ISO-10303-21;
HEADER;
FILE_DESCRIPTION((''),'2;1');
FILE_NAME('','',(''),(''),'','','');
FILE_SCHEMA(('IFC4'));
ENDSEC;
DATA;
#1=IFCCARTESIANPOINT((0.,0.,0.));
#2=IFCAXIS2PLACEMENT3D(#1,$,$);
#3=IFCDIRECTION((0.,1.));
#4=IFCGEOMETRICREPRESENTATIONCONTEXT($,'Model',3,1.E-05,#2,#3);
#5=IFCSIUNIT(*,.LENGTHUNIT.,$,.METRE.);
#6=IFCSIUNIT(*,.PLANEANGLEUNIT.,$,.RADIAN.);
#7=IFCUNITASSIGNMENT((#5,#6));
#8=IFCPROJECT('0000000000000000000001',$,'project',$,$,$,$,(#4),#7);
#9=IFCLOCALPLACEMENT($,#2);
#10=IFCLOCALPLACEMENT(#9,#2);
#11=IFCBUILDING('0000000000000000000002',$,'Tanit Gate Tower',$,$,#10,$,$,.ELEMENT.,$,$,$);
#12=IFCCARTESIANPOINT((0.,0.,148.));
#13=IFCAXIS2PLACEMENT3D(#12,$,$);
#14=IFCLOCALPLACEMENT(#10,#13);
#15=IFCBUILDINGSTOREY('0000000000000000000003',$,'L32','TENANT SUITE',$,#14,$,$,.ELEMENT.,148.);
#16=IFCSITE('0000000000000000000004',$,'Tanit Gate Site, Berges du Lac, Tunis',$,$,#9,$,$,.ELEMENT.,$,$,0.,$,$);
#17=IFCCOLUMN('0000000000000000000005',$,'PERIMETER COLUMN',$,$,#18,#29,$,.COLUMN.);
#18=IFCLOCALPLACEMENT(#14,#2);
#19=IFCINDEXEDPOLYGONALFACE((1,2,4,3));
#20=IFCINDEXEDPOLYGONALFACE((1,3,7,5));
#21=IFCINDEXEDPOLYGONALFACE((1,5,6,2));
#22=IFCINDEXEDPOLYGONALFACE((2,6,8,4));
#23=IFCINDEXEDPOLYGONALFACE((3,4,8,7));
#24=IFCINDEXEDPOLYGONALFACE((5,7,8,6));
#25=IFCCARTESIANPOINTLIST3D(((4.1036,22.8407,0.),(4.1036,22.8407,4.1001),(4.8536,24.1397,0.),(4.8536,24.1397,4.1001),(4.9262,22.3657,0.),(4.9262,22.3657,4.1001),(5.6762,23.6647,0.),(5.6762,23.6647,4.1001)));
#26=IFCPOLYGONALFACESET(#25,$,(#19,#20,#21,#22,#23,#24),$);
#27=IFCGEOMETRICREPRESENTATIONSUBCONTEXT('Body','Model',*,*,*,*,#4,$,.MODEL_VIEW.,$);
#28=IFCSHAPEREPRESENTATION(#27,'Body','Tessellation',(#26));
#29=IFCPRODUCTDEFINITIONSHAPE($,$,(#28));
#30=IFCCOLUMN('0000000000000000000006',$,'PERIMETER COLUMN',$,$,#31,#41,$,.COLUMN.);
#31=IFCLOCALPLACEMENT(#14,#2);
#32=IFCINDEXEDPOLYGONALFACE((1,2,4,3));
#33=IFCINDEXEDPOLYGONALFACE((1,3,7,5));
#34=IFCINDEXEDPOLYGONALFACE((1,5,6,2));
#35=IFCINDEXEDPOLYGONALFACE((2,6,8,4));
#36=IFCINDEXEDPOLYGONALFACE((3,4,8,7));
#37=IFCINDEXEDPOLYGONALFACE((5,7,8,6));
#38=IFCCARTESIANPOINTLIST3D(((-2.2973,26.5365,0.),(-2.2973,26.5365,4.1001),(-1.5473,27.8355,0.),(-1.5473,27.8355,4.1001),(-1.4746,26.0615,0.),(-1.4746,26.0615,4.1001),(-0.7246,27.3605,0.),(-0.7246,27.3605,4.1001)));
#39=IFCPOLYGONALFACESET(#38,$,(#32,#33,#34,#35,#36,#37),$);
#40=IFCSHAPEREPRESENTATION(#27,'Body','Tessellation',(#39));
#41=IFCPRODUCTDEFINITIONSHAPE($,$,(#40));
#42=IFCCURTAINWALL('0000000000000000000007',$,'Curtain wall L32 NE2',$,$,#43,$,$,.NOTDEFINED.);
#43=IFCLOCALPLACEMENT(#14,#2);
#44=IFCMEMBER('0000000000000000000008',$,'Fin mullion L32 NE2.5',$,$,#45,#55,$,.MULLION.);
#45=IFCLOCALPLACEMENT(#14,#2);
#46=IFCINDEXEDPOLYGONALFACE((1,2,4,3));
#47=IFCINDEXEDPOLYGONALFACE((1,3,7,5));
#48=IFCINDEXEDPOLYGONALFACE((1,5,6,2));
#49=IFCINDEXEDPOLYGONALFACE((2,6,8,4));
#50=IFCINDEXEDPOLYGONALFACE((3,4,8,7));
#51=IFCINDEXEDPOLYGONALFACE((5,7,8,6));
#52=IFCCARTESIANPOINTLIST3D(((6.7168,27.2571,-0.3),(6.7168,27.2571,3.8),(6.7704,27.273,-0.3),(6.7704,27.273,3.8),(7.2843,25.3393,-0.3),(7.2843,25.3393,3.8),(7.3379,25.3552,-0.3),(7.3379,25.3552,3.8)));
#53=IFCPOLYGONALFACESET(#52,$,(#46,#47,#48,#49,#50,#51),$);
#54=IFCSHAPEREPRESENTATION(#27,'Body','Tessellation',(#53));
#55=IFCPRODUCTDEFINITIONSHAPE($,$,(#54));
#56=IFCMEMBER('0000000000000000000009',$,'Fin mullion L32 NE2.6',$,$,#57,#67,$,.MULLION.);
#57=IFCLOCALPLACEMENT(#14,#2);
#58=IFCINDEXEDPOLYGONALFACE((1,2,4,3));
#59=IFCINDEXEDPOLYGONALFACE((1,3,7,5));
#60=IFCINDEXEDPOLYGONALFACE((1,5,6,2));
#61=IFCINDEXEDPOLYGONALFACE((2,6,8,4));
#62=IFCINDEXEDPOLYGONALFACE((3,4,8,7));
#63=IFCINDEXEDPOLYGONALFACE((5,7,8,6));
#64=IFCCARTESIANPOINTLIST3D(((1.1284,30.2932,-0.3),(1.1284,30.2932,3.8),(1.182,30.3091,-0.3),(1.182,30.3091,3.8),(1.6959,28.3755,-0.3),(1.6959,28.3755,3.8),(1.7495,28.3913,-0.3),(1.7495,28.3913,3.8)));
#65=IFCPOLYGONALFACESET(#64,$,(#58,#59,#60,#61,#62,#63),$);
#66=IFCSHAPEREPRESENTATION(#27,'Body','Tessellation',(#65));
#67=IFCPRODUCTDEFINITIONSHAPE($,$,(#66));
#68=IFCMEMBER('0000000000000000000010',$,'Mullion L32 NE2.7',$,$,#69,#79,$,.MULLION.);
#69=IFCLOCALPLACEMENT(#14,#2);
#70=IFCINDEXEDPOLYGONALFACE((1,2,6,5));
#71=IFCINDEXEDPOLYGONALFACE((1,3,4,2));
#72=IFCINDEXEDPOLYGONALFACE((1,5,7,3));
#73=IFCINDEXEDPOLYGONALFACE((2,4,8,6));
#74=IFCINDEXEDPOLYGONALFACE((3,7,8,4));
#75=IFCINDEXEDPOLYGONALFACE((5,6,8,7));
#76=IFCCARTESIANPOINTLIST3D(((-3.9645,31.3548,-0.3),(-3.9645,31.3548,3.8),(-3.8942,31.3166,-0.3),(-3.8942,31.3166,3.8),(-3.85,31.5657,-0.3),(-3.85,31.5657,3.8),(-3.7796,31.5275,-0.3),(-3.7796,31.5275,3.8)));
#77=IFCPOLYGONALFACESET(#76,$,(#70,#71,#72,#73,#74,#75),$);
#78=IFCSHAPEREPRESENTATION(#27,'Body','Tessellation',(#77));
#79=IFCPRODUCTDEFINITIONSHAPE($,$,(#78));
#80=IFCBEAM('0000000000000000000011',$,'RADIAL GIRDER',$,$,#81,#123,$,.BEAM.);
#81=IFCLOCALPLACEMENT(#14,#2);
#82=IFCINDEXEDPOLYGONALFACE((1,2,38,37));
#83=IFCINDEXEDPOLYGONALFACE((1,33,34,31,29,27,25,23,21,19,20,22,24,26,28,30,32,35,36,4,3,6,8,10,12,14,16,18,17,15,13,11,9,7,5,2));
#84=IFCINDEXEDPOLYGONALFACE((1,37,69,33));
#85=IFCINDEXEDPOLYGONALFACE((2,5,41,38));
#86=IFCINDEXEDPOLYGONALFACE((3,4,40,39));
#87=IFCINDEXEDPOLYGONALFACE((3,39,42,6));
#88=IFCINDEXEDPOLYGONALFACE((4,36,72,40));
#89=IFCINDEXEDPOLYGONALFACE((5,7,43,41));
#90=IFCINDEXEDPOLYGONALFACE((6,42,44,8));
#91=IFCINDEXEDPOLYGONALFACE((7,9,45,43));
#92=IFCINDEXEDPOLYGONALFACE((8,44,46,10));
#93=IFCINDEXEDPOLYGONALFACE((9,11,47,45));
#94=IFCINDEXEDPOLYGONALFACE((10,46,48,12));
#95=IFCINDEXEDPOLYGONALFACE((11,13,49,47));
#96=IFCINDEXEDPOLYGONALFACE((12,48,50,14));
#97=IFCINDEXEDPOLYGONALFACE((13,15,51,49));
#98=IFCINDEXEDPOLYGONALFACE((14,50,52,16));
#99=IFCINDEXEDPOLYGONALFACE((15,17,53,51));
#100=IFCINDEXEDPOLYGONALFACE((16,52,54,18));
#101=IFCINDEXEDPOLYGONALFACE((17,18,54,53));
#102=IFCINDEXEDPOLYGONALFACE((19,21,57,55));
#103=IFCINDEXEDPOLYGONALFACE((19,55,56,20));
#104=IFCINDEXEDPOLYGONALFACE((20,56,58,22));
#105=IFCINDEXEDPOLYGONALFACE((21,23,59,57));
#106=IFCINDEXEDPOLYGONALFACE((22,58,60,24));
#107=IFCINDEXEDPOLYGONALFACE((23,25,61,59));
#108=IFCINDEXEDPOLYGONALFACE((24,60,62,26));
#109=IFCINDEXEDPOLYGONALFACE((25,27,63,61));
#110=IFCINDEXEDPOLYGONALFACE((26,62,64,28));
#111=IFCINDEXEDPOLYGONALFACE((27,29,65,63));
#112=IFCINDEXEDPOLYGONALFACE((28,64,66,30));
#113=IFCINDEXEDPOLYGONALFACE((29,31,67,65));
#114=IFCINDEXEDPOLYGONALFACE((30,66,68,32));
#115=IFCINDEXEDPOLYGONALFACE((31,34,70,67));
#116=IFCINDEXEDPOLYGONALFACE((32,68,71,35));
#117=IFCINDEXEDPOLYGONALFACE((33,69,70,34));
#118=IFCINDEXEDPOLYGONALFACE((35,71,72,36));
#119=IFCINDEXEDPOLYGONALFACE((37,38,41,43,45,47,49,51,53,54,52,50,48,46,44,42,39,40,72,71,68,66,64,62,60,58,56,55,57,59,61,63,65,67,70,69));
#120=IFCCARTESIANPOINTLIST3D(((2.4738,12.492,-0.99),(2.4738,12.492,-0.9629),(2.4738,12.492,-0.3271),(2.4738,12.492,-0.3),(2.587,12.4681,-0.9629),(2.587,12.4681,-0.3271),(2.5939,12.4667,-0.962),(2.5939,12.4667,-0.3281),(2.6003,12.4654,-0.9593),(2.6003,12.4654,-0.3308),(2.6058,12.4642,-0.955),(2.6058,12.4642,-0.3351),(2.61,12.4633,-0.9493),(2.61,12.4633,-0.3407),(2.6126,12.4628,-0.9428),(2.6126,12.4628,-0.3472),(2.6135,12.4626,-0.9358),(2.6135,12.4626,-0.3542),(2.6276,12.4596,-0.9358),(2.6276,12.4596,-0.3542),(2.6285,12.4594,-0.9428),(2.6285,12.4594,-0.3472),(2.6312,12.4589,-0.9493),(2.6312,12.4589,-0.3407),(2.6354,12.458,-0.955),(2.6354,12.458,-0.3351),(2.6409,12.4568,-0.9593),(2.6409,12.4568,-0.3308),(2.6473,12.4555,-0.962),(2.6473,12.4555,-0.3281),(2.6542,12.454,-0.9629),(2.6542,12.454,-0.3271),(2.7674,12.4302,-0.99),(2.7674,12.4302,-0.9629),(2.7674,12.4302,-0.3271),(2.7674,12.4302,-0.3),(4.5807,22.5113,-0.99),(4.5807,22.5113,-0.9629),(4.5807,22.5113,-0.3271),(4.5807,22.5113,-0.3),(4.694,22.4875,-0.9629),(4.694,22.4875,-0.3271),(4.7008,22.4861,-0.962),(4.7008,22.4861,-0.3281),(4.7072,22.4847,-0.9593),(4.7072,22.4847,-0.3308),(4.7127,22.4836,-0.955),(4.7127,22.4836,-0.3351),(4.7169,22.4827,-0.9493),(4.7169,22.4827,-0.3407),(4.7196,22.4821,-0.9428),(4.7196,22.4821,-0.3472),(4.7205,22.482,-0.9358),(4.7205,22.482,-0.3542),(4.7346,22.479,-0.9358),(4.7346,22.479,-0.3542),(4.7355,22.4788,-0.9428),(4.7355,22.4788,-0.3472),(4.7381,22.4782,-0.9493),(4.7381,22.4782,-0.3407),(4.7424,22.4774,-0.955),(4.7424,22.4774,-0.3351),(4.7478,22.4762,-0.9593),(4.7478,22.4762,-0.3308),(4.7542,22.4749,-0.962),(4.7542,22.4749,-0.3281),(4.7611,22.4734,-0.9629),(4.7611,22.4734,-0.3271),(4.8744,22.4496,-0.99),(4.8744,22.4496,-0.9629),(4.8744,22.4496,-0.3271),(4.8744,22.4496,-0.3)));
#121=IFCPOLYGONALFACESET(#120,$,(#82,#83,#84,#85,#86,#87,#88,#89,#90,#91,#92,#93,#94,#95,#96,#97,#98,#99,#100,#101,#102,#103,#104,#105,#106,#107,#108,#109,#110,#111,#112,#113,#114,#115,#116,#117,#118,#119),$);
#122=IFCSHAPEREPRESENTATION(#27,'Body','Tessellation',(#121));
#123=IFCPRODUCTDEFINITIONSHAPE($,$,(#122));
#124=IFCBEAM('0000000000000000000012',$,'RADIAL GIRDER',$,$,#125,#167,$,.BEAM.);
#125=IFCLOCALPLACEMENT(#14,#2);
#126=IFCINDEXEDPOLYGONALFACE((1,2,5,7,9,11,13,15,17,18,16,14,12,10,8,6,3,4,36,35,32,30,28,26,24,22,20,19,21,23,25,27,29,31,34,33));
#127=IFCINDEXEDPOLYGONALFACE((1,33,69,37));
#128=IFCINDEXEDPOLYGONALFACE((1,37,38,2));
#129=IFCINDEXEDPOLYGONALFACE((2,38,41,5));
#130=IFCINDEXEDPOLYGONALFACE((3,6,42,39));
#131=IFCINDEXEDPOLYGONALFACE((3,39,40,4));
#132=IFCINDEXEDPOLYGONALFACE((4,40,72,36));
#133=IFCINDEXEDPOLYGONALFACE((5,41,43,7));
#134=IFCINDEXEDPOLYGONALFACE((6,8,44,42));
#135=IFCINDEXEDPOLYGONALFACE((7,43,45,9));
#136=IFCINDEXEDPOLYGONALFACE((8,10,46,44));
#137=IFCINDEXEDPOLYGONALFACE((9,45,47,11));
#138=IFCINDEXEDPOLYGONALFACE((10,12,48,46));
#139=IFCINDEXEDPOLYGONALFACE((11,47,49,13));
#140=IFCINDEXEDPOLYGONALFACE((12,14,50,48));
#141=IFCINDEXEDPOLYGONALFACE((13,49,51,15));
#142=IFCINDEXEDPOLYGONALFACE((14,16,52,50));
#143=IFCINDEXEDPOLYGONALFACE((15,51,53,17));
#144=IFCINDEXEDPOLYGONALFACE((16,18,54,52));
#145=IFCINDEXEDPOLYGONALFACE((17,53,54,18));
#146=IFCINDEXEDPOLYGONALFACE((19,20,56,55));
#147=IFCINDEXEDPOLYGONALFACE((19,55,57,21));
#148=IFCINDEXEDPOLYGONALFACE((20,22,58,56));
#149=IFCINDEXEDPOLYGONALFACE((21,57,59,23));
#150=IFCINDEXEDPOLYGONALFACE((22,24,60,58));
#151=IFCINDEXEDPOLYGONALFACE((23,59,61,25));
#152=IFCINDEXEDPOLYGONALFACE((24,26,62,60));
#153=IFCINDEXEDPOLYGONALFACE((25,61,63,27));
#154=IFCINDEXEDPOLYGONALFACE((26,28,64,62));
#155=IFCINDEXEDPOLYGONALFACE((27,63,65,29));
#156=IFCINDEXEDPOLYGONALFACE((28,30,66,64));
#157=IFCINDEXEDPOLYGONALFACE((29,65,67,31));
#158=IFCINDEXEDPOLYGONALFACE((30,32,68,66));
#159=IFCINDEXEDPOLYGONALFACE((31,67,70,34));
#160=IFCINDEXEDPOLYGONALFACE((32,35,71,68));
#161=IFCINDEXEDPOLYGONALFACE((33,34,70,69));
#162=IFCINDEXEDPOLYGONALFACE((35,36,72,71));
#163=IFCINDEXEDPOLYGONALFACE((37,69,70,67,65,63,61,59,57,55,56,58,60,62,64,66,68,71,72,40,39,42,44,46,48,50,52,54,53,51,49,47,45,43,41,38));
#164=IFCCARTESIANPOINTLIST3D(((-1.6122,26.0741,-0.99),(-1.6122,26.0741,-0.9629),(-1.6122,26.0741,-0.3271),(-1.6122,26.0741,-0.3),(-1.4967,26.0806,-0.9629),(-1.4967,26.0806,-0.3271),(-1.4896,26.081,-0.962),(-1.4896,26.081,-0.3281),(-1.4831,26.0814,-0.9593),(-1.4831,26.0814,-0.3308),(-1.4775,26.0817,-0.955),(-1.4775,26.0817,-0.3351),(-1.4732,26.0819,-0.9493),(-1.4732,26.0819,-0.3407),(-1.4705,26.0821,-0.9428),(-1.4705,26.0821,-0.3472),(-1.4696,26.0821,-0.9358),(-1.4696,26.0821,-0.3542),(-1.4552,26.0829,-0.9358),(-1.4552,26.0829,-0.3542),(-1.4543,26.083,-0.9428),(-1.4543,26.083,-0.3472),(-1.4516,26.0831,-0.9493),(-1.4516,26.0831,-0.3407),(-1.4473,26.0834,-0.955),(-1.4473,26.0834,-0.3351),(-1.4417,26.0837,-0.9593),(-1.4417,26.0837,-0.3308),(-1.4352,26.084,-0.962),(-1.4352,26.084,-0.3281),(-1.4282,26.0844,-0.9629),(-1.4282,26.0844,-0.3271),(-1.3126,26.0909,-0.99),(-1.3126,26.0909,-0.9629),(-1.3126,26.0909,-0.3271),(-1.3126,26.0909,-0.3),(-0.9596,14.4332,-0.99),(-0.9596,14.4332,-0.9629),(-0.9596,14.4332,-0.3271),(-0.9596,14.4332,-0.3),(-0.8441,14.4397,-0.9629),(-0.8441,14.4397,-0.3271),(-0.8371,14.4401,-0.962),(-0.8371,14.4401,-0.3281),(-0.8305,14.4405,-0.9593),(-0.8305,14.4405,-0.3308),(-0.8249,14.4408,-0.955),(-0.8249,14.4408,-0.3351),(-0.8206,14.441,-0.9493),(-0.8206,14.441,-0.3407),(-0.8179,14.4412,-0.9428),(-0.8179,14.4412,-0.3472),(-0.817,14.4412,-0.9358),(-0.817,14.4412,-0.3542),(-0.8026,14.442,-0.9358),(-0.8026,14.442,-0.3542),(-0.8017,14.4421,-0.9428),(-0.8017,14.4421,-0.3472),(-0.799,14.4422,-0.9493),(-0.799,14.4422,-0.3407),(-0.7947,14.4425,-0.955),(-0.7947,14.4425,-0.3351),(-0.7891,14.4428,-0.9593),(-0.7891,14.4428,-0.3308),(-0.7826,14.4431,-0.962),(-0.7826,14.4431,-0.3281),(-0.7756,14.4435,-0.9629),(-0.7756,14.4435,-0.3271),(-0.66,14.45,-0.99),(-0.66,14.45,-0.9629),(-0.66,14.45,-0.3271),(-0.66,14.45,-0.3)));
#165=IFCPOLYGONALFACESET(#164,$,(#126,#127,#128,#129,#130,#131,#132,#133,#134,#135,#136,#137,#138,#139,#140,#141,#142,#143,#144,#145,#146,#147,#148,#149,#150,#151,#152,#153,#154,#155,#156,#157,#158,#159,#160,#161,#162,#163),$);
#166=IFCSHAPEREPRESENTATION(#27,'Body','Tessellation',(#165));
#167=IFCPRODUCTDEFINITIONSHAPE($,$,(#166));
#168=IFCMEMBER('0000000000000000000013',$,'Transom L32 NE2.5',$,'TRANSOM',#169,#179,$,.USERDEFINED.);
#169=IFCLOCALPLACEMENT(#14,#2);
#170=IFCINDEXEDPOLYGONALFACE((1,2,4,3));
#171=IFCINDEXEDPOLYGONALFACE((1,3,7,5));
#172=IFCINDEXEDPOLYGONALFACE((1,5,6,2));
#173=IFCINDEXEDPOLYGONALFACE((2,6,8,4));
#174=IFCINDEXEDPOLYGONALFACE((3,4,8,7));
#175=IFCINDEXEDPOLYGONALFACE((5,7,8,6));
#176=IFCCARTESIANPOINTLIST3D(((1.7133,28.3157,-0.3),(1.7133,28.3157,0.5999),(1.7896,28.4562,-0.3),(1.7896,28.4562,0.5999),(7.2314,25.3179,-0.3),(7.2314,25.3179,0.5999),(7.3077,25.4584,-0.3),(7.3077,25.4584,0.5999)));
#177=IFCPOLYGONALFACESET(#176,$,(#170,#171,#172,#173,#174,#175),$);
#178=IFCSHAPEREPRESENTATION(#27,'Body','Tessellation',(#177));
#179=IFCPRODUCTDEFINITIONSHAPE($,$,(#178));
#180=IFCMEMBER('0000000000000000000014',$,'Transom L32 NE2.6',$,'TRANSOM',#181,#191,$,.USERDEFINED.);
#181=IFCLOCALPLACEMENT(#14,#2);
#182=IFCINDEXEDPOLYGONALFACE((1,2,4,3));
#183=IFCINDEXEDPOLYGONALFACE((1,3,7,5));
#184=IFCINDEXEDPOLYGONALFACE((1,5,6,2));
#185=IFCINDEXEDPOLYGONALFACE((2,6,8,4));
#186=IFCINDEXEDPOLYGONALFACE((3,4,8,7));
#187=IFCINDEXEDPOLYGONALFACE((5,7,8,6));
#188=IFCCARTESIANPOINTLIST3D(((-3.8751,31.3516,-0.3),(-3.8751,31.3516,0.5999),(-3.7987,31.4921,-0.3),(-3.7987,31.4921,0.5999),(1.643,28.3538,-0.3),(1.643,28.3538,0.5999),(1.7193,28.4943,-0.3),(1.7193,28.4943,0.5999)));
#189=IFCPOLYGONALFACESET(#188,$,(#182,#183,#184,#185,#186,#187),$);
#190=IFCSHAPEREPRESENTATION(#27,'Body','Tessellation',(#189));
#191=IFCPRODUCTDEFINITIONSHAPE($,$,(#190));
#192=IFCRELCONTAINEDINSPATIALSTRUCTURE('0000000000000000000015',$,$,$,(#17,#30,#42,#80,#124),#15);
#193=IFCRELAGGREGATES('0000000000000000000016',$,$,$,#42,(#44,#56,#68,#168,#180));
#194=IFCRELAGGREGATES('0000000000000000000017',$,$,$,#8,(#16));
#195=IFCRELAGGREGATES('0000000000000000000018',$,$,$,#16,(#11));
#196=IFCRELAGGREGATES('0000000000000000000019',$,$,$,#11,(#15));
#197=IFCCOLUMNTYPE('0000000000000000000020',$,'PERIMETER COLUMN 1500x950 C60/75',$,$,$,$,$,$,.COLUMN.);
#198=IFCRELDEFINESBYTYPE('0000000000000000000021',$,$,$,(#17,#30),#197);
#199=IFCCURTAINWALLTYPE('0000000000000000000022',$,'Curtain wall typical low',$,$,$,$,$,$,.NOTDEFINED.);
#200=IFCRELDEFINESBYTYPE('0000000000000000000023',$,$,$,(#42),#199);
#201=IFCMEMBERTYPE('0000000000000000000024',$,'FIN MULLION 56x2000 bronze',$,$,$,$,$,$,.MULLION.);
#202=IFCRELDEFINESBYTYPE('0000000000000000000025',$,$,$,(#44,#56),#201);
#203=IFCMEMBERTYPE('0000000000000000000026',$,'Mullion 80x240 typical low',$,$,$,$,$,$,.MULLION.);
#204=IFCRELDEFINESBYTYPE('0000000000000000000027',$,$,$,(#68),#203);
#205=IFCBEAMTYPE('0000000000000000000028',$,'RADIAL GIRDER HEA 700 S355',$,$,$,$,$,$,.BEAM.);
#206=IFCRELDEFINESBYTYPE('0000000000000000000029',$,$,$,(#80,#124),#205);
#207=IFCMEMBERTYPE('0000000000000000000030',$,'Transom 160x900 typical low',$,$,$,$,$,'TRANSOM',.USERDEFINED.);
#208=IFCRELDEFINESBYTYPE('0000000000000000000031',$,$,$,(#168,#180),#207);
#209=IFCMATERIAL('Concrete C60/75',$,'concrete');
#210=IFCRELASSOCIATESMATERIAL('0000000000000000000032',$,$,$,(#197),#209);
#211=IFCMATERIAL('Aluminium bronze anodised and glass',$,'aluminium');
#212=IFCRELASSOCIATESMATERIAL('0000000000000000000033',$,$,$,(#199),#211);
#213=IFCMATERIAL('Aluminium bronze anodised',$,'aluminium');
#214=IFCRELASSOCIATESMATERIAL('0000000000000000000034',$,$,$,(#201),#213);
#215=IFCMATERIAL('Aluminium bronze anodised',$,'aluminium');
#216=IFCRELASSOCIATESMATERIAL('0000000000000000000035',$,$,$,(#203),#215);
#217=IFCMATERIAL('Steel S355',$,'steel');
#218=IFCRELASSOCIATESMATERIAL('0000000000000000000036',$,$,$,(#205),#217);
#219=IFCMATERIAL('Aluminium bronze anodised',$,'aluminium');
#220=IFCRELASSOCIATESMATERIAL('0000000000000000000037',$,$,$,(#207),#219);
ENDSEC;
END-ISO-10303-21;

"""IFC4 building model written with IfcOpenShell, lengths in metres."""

from ifc_helpers import new_model, si_unit, direction, frame, origin, origin_2d, place, context, subcontext, project, spatial, rectangle, i_section, extrude, material, material_profile, profile_set, type_object, element, aggregate, save


model = new_model("IFC4")

# Units and contexts
model_context = context("Model", 3, precision=1e-05, world=origin(), true_north=direction((0.0, 1.0)))
body_context = subcontext(model_context, "Body", "Model", "MODEL_VIEW")
ifc_project = project(units=[si_unit("LENGTHUNIT", "METRE"), si_unit("PLANEANGLEUNIT", "RADIAN")], contexts=[model_context])

# Site, building, storey
site_placement = place(None, origin())
site = spatial("IfcSite", under=ifc_project, at=site_placement, Name="Tanit Gate Site, Berges du Lac, Tunis", CompositionType="ELEMENT", RefElevation=0.0)
building_placement = place(site_placement, origin())
building = spatial("IfcBuilding", under=site, at=building_placement, Name="Tanit Gate Tower", CompositionType="ELEMENT")
storey_placement = place(building_placement, frame((0.0, 0.0, 148.0)))
storey = spatial("IfcBuildingStorey", under=building, at=storey_placement, Name="L32", Description="TENANT SUITE", CompositionType="ELEMENT", Elevation=148.0)

# Columns
ifc_material_1 = material(Name="Concrete C60/75", Category="concrete")
ifc_material_profile_1 = material_profile(ifc_material_1, rectangle(XDim=1.5, YDim=0.95, at=origin_2d()), Name="RC 1500x950")
ifc_profile_set_1 = profile_set([ifc_material_profile_1], Name="Concrete C60/75")
column_type = type_object("IfcColumnType", Name="PERIMETER COLUMN 1500x950 C60/75", PredefinedType="COLUMN", material=ifc_profile_set_1)
for number, where, z_axis, x_axis, name in (
    (1, (4.8899, 23.2527, 0.0), (0.0, 0.0, 1.0), (0.5, 0.866025, 0.0), "PERIMETER COLUMN"),
    (2, (-1.511, 26.9485, 0.0), (0.0, 0.0, 1.0), (0.5, 0.866025, 0.0), "PERIMETER COLUMN"),
):
    element("IfcColumn", number, at=place(storey_placement, frame(where, z_axis=z_axis, x_axis=x_axis)), inside=storey, type_object=column_type, Name=name, PredefinedType="COLUMN", context=body_context, shape_type="SweptSolid", body=[
        extrude(rectangle(XDim=1.5, YDim=0.95, at=origin_2d()), origin(), (0.0, 0.0, 1.0), 4.1001),
    ])

# Curtain wall, members
ifc_material_2 = material(Name="Aluminium bronze anodised and glass", Category="aluminium")
curtain_wall_type = type_object("IfcCurtainWallType", Name="Curtain wall typical low", PredefinedType="NOTDEFINED", material=ifc_material_2)
curtain_wall_1_placement = place(storey_placement, origin())
curtain_wall_1 = element("IfcCurtainWall", 3, at=curtain_wall_1_placement, inside=storey, type_object=curtain_wall_type, Name="Curtain wall L32 NE2", PredefinedType="NOTDEFINED")
ifc_material_3 = material(Name="Aluminium bronze anodised", Category="aluminium")
ifc_material_profile_2 = material_profile(ifc_material_3, rectangle(XDim=2.0, YDim=0.0559, at=origin_2d()), Name="56x2000 bronze fin mullion")
ifc_profile_set_2 = profile_set([ifc_material_profile_2], Name="Aluminium bronze anodised")
member_type_1 = type_object("IfcMemberType", Name="FIN MULLION 56x2000 bronze", PredefinedType="MULLION", material=ifc_profile_set_2)
member_1_placement = place(storey_placement, frame((7.0273, 26.3062, -0.3), z_axis=(0.0, 0.0, 1.0), x_axis=(0.283773, -0.958892, 0.0)))
member_1 = element("IfcMember", 4, at=member_1_placement, type_object=member_type_1, Name="Fin mullion L32 NE2.5", PredefinedType="MULLION", context=body_context, shape_type="SweptSolid", body=[
    extrude(rectangle(XDim=2.0, YDim=0.0559, at=origin_2d()), origin(), (0.0, 0.0, 1.0), 4.1001),
])
member_2_placement = place(storey_placement, frame((1.439, 29.3423, -0.3), z_axis=(0.0, 0.0, 1.0), x_axis=(0.283773, -0.958892, 0.0)))
member_2 = element("IfcMember", 5, at=member_2_placement, type_object=member_type_1, Name="Fin mullion L32 NE2.6", PredefinedType="MULLION", context=body_context, shape_type="SweptSolid", body=[
    extrude(rectangle(XDim=2.0, YDim=0.0559, at=origin_2d()), origin(), (0.0, 0.0, 1.0), 4.1001),
])
ifc_material_4 = material(Name="Aluminium bronze anodised", Category="aluminium")
ifc_material_profile_3 = material_profile(ifc_material_4, rectangle(XDim=0.24, YDim=0.0801, at=origin_2d()), Name="80x240 bronze mullion")
ifc_profile_set_3 = profile_set([ifc_material_profile_3], Name="Aluminium bronze anodised")
member_type_2 = type_object("IfcMemberType", Name="Mullion 80x240 typical low", PredefinedType="MULLION", material=ifc_profile_set_3)
member_3_placement = place(storey_placement, frame((-3.8721, 31.4412, -0.3), z_axis=(0.0, 0.0, 1.0), x_axis=(-0.477381, -0.878696, 0.0)))
member_3 = element("IfcMember", 6, at=member_3_placement, type_object=member_type_2, Name="Mullion L32 NE2.7", PredefinedType="MULLION", context=body_context, shape_type="SweptSolid", body=[
    extrude(rectangle(XDim=0.24, YDim=0.0801, at=origin_2d()), origin(), (0.0, 0.0, 1.0), 4.1001),
])

# Beams
ifc_material_5 = material(Name="Steel S355", Category="steel")
ifc_material_profile_4 = material_profile(ifc_material_5, i_section(OverallWidth=0.3, OverallDepth=0.6899, WebThickness=0.0144, FlangeThickness=0.0271, FilletRadius=0.0271, at=origin_2d()), Name="HEA 700")
ifc_profile_set_4 = profile_set([ifc_material_profile_4], Name="Steel S355")
beam_type = type_object("IfcBeamType", Name="RADIAL GIRDER HEA 700 S355", PredefinedType="BEAM", material=ifc_profile_set_4)
beam_1_placement = place(storey_placement, frame((4.7275, 22.4805, -0.645), z_axis=(-0.205787, -0.978597, 0.0), x_axis=(0.978597, -0.205787, 0.0)))
element("IfcBeam", 7, at=beam_1_placement, inside=storey, type_object=beam_type, Name="RADIAL GIRDER", PredefinedType="BEAM", context=body_context, shape_type="SweptSolid", body=[
    extrude(i_section(OverallWidth=0.3, OverallDepth=0.6899, WebThickness=0.0144, FlangeThickness=0.0271, FilletRadius=0.0271, at=origin_2d()), origin(), (0.0, 0.0, 1.0), 10.2385),
])
beam_2_placement = place(storey_placement, frame((-1.4624, 26.0825, -0.645), z_axis=(0.055972, -0.998432, 0.0), x_axis=(0.998432, 0.055972, 0.0)))
element("IfcBeam", 8, at=beam_2_placement, inside=storey, type_object=beam_type, Name="RADIAL GIRDER", PredefinedType="BEAM", context=body_context, shape_type="SweptSolid", body=[
    extrude(i_section(OverallWidth=0.3, OverallDepth=0.6899, WebThickness=0.0144, FlangeThickness=0.0271, FilletRadius=0.0271, at=origin_2d()), origin(), (0.0, 0.0, 1.0), 11.6592),
])

# Members
ifc_material_6 = material(Name="Aluminium bronze anodised", Category="aluminium")
ifc_material_profile_5 = material_profile(ifc_material_6, rectangle(XDim=0.1599, YDim=0.8999, at=origin_2d()), Name="160x900 bronze transom")
ifc_profile_set_5 = profile_set([ifc_material_profile_5], Name="Aluminium bronze anodised")
member_type_3 = type_object("IfcMemberType", Name="Transom 160x900 typical low", ElementType="TRANSOM", PredefinedType="USERDEFINED", material=ifc_profile_set_5)
member_4_placement = place(storey_placement, frame((7.2695, 25.3882, 0.1499), z_axis=(-0.878701, 0.477372, 0.0), x_axis=(-0.477372, -0.878701, 0.0)))
member_4 = element("IfcMember", 9, at=member_4_placement, type_object=member_type_3, Name="Transom L32 NE2.5", ObjectType="TRANSOM", PredefinedType="USERDEFINED", context=body_context, shape_type="SweptSolid", body=[
    extrude(rectangle(XDim=0.1599, YDim=0.8999, at=origin_2d()), origin(), (0.0, 0.0, 1.0), 6.2798),
])
member_5_placement = place(storey_placement, frame((1.6812, 28.4241, 0.1499), z_axis=(-0.878701, 0.477372, 0.0), x_axis=(-0.477372, -0.878701, 0.0)))
member_5 = element("IfcMember", 10, at=member_5_placement, type_object=member_type_3, Name="Transom L32 NE2.6", ObjectType="TRANSOM", PredefinedType="USERDEFINED", context=body_context, shape_type="SweptSolid", body=[
    extrude(rectangle(XDim=0.1599, YDim=0.8999, at=origin_2d()), origin(), (0.0, 0.0, 1.0), 6.2798),
])

aggregate(curtain_wall_1, [member_1, member_2, member_3, member_4, member_5])

save(model, "model.ifc")
